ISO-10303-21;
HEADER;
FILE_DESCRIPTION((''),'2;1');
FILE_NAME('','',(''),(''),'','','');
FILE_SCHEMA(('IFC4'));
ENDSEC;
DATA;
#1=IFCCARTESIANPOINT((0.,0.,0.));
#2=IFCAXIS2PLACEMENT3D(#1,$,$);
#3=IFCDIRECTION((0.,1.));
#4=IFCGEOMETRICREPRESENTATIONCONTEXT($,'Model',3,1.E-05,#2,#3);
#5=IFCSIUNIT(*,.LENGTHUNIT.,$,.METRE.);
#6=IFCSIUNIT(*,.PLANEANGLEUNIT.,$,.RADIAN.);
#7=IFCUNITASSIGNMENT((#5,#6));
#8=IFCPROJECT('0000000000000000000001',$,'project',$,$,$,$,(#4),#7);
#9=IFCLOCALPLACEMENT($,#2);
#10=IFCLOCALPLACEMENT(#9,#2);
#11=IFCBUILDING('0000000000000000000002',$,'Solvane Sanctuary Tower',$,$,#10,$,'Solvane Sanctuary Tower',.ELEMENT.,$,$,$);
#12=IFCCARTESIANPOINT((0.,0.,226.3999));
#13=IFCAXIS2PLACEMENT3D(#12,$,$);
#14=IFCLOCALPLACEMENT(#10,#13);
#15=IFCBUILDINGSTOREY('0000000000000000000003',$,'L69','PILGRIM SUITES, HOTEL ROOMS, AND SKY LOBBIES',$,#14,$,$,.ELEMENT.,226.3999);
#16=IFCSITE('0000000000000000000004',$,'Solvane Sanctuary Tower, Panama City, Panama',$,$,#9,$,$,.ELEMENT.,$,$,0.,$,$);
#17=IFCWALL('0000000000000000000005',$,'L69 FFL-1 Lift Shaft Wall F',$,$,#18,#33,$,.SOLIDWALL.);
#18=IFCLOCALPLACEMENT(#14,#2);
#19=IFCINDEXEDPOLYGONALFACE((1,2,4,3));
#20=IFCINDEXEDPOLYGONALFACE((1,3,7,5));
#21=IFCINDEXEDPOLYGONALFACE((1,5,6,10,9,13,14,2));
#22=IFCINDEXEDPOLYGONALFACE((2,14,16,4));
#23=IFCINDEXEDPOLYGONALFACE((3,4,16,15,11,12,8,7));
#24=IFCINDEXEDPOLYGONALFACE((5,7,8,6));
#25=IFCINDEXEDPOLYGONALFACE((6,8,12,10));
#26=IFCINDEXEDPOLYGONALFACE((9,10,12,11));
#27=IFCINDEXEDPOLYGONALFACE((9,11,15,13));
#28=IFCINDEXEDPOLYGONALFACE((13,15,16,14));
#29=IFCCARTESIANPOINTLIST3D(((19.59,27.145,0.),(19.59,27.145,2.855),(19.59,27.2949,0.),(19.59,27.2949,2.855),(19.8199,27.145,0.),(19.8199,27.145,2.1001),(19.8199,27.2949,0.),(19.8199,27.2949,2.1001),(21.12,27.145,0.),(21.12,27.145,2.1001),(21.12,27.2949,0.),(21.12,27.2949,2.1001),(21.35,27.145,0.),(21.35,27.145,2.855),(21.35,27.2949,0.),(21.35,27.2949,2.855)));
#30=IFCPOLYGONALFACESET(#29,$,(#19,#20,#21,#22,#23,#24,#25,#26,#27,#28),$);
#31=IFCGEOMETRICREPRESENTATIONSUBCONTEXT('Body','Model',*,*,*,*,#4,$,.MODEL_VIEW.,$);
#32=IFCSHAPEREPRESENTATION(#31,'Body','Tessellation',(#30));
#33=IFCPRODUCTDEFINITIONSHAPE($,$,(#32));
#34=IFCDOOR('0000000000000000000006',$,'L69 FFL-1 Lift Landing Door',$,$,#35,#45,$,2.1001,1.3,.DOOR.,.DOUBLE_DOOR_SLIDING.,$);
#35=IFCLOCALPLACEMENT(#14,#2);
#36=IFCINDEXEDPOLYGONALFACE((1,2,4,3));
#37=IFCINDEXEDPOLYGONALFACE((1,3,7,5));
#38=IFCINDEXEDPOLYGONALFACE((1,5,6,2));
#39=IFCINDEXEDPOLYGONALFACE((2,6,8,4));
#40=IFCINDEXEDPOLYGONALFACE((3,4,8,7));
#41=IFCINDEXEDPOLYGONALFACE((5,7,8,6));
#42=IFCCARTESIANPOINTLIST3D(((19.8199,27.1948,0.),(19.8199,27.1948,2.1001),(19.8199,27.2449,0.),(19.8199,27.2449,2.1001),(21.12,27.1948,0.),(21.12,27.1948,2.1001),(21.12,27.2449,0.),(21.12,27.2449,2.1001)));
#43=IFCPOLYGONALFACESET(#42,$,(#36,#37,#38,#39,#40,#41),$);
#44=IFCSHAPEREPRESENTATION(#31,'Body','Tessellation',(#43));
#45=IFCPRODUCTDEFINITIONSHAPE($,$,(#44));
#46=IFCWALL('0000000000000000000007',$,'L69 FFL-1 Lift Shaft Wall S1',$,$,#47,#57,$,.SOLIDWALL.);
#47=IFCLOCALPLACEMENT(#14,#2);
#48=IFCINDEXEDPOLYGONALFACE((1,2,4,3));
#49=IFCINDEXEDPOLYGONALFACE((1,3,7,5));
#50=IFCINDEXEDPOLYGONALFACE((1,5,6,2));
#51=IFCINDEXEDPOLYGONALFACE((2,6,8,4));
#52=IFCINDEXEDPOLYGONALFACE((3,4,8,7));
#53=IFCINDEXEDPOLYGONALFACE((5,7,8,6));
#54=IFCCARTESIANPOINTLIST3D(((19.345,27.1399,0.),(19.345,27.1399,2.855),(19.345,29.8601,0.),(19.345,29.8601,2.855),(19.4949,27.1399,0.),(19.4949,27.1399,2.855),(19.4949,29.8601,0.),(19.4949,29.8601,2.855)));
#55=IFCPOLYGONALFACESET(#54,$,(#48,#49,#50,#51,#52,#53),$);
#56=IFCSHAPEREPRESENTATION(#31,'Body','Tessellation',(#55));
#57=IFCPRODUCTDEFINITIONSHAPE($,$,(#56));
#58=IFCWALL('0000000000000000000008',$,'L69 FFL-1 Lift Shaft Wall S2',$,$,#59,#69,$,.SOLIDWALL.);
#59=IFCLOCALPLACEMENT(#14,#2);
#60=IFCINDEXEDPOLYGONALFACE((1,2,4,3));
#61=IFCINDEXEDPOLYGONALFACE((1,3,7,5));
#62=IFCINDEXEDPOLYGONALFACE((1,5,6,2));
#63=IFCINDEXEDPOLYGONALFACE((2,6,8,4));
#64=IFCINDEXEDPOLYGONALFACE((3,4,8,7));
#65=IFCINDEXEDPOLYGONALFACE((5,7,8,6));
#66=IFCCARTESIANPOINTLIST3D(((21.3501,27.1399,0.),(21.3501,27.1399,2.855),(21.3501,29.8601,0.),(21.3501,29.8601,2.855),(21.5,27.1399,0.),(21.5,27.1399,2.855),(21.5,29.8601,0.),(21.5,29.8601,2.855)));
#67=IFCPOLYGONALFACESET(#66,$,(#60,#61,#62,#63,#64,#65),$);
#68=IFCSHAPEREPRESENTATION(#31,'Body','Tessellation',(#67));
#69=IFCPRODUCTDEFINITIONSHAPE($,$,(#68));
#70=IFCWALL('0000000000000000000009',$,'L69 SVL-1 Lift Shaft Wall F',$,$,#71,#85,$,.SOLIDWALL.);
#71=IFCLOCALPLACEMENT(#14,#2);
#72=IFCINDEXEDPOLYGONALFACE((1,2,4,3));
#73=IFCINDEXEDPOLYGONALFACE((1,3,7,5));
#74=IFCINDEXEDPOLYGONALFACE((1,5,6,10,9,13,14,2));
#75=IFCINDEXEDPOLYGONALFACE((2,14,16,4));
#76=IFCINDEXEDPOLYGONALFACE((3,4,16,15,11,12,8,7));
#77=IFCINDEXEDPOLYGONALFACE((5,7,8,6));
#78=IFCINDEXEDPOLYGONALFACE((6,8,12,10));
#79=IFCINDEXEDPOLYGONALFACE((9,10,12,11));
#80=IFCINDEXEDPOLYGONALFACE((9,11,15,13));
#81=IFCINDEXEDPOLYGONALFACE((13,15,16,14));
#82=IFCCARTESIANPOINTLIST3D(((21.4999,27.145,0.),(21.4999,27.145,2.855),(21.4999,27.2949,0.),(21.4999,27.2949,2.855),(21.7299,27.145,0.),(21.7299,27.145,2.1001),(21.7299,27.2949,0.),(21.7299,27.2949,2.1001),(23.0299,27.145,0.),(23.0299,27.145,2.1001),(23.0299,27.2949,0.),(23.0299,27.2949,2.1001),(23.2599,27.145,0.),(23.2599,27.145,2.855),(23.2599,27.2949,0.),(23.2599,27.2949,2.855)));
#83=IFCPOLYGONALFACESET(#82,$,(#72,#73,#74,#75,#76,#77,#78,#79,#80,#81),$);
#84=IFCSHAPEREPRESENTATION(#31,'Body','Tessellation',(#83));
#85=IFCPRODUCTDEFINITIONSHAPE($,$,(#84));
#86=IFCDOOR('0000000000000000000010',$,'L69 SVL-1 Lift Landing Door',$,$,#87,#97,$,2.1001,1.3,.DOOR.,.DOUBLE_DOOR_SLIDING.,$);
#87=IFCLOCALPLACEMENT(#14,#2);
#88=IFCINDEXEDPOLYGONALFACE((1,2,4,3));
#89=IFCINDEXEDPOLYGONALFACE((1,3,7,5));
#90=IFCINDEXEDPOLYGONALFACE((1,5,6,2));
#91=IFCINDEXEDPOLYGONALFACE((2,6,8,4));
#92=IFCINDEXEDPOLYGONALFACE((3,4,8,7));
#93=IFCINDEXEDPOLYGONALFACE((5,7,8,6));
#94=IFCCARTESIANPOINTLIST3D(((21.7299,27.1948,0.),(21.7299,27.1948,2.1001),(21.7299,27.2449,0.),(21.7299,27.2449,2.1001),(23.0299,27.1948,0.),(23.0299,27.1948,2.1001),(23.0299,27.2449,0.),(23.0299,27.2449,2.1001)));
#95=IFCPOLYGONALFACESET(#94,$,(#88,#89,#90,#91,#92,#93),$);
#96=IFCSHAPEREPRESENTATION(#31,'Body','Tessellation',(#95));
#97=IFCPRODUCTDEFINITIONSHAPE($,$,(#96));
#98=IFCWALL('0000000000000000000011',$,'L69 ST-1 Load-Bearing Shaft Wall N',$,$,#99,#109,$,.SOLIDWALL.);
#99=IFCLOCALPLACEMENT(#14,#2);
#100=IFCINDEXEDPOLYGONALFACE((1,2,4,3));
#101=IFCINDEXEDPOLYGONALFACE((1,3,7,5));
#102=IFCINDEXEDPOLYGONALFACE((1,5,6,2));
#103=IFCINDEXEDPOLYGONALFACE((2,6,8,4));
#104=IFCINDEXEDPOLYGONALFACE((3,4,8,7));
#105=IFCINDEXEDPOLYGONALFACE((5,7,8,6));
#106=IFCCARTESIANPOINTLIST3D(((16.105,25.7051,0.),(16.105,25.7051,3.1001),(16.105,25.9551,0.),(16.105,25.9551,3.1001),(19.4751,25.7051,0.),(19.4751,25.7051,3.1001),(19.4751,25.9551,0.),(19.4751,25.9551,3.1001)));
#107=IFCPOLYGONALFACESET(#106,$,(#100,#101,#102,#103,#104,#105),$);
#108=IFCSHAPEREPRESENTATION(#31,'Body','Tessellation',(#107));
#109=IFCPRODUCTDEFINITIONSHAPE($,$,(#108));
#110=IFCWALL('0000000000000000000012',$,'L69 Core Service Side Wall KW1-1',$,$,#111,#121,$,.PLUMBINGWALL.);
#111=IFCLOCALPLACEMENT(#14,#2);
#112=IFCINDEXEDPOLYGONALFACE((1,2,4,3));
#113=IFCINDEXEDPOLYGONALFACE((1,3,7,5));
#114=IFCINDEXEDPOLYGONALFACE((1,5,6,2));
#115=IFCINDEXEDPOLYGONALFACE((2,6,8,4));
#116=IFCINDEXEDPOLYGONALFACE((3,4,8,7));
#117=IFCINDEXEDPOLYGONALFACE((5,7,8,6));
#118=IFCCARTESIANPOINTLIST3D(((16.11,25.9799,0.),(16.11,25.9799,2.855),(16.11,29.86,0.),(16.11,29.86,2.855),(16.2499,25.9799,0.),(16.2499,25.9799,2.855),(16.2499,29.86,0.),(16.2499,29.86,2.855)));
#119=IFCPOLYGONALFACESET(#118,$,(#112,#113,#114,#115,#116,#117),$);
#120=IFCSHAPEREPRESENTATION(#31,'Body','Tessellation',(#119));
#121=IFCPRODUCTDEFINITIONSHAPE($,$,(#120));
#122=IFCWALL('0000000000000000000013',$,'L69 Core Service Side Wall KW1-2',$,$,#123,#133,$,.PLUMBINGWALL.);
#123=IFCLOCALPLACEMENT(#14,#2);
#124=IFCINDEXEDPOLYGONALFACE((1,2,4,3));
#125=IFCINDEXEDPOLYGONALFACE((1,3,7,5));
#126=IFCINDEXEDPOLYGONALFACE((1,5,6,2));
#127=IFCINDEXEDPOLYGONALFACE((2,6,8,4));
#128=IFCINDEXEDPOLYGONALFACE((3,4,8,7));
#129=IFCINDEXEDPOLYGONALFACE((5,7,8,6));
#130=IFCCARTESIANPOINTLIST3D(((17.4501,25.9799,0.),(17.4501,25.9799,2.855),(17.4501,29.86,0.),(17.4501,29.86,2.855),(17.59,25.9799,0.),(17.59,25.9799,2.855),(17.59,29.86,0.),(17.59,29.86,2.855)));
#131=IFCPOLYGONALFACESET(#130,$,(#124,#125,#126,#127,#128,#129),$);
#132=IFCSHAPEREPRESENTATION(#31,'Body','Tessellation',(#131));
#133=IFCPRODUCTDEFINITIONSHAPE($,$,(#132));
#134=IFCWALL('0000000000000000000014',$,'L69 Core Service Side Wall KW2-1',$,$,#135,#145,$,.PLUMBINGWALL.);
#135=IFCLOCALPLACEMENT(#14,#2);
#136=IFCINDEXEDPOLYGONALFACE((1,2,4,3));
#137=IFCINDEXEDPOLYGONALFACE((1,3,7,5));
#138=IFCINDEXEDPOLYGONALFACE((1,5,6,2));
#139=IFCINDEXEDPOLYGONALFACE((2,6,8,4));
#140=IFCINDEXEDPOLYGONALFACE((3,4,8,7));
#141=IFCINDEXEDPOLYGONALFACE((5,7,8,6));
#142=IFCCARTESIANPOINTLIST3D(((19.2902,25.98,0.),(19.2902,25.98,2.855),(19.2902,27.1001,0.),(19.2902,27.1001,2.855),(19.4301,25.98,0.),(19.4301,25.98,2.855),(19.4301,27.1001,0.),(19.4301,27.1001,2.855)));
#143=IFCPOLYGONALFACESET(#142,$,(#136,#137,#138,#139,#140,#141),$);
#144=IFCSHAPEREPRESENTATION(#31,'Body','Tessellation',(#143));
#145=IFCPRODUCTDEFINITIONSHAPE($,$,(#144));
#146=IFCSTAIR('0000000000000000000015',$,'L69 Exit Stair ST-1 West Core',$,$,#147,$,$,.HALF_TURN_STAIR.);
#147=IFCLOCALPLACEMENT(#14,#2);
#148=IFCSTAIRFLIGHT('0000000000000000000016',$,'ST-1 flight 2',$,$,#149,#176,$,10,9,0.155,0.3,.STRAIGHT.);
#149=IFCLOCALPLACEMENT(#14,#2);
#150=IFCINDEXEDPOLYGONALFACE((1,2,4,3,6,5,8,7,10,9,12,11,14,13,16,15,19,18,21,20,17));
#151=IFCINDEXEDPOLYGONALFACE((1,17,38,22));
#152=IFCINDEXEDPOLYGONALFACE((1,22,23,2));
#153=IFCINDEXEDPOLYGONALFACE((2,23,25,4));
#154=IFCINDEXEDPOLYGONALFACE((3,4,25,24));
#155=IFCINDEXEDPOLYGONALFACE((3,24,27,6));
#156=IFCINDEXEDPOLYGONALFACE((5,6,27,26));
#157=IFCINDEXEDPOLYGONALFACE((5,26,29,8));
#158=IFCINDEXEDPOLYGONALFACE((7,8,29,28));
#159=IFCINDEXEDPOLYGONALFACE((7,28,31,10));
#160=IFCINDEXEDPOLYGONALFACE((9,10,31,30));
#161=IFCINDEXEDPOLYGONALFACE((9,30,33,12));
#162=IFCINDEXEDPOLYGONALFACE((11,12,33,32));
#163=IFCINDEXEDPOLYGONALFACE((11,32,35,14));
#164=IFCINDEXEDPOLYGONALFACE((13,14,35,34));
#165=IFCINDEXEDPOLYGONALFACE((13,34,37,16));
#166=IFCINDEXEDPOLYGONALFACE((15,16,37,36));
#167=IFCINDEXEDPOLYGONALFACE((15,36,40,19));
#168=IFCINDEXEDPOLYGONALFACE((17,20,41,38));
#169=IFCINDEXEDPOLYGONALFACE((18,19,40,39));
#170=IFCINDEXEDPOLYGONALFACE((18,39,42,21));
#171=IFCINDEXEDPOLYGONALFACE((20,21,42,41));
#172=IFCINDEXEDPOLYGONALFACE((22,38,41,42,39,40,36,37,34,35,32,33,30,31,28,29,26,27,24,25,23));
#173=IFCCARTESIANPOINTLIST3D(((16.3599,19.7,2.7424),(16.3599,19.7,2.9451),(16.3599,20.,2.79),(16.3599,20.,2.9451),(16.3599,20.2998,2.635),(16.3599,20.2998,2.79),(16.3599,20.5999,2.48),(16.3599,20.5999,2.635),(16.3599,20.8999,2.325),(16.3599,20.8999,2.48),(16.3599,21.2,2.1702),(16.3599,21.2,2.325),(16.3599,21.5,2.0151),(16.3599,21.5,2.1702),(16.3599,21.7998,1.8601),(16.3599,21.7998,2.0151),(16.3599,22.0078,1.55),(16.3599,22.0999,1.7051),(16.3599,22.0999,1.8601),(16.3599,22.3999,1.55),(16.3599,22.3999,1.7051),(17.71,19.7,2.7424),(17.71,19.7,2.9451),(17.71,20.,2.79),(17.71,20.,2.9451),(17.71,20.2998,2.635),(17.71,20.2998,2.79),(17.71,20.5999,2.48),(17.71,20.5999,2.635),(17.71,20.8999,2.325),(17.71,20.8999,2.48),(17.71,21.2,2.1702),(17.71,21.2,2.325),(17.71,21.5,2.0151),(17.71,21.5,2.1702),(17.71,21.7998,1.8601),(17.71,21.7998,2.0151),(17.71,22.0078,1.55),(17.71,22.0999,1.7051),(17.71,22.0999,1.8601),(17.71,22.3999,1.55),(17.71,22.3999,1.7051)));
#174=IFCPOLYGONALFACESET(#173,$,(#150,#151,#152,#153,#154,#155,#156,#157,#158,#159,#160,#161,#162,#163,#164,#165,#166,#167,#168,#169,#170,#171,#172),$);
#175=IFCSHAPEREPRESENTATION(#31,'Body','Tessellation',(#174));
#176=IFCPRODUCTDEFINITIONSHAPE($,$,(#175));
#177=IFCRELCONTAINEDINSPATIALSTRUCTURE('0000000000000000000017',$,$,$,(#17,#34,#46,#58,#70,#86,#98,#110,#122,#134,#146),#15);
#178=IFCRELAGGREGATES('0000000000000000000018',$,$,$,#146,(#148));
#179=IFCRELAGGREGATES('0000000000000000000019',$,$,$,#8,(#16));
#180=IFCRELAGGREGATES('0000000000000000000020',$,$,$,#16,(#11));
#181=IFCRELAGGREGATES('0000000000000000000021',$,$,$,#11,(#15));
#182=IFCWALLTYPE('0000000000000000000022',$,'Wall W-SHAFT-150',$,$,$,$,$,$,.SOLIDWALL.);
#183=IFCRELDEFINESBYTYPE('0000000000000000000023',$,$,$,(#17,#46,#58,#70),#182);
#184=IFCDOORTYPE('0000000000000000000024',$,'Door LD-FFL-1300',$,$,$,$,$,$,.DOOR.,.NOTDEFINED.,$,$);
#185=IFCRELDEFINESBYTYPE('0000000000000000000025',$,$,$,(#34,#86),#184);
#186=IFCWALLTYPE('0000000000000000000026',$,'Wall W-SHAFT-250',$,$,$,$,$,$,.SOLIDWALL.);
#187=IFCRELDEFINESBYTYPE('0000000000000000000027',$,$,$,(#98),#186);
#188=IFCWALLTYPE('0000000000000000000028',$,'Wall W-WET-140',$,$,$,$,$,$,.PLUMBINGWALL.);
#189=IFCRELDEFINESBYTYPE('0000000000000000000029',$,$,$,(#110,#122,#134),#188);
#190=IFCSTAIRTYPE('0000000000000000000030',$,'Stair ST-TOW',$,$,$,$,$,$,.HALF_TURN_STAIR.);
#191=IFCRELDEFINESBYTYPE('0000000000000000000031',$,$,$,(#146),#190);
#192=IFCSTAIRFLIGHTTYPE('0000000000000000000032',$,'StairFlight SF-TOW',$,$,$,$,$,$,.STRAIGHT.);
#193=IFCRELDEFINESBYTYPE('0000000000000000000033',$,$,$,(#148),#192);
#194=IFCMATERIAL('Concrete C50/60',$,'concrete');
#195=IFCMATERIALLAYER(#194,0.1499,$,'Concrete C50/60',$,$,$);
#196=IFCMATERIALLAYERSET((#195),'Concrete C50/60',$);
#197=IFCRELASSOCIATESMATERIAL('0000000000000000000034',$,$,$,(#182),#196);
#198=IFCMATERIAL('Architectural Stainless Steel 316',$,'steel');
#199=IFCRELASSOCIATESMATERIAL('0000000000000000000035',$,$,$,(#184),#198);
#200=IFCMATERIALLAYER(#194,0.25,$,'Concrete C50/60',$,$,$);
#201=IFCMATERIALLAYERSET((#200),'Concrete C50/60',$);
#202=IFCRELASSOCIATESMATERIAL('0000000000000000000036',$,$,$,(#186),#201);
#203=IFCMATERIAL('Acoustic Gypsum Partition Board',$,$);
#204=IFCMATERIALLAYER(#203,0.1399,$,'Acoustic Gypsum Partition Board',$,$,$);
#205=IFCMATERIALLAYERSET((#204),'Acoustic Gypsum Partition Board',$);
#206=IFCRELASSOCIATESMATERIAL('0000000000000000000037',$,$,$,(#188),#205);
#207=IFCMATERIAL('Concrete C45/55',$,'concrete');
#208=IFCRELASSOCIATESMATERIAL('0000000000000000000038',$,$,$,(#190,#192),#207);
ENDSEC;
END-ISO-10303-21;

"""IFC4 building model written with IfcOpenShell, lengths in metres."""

from ifc_helpers import new_model, si_unit, direction, frame, frame_2d, origin, place, context, subcontext, project, spatial, polyline, rectangle, outline, extrude, material, layer, layer_set, type_object, element, fill, aggregate, save


model = new_model("IFC4")

# Units and contexts
model_context = context("Model", 3, precision=1e-05, world=origin(), true_north=direction((0.0, 1.0)))
body_context = subcontext(model_context, "Body", "Model", "MODEL_VIEW")
ifc_project = project(units=[si_unit("LENGTHUNIT", "METRE"), si_unit("PLANEANGLEUNIT", "RADIAN")], contexts=[model_context])

# Site, building, storey
site_placement = place(None, origin())
site = spatial("IfcSite", under=ifc_project, at=site_placement, Name="Solvane Sanctuary Tower, Panama City, Panama", CompositionType="ELEMENT", RefElevation=0.0)
building_placement = place(site_placement, origin())
building = spatial("IfcBuilding", under=site, at=building_placement, Name="Solvane Sanctuary Tower", LongName="Solvane Sanctuary Tower", CompositionType="ELEMENT")
storey_placement = place(building_placement, frame((0.0, 0.0, 226.3999)))
storey = spatial("IfcBuildingStorey", under=building, at=storey_placement, Name="L69", Description="PILGRIM SUITES, HOTEL ROOMS, AND SKY LOBBIES", CompositionType="ELEMENT", Elevation=226.3999)

# Shared definitions
ifc_material_1 = material(Name="Acoustic Gypsum Partition Board")

# Wall, opening, door
ifc_material_2 = material(Name="Concrete C50/60", Category="concrete")
ifc_layer_1 = layer(ifc_material_2, 0.1499, Name="Concrete C50/60")
ifc_layer_set_1 = layer_set([ifc_layer_1], Name="Concrete C50/60")
wall_type_1 = type_object("IfcWallType", Name="Wall W-SHAFT-150", PredefinedType="SOLIDWALL", material=ifc_layer_set_1)
wall_1_placement = place(storey_placement, frame((19.5901, 27.22, 0.0), z_axis=(0.0, 0.0, 1.0), x_axis=(1.0, 0.0, 0.0)))
wall_1 = element("IfcWall", 1, at=wall_1_placement, inside=storey, type_object=wall_type_1, Name="L69 FFL-1 Lift Shaft Wall F", PredefinedType="SOLIDWALL", context=body_context, shape_type="SweptSolid", body=[
    extrude(rectangle(XDim=1.76, YDim=0.1499, at=frame_2d((0.8799, 0.0))), origin(), (0.0, 0.0, 1.0), 2.855),
])
opening_1_placement = place(wall_1_placement, frame((0.23, 0.0, 0.0)))
opening_1 = element("IfcOpeningElement", 2, at=opening_1_placement, cuts=wall_1, PredefinedType="OPENING", context=body_context, shape_type="SweptSolid", body=[
    extrude(rectangle(XDim=1.3, YDim=2.1001, at=frame_2d((0.6499, 1.05))), frame((0.0, 0.085, 0.0), z_axis=(0.0, -1.0, 0.0), x_axis=(1.0, 0.0, 0.0)), (0.0, 0.0, 1.0), 0.1699),
])
ifc_material_3 = material(Name="Architectural Stainless Steel 316", Category="steel")
door_type_1 = type_object("IfcDoorType", Name="Door LD-FFL-1300", OperationType="NOTDEFINED", PredefinedType="DOOR", material=ifc_material_3)
door_1_placement = place(opening_1_placement, origin())
door_1 = element("IfcDoor", 3, at=door_1_placement, inside=storey, type_object=door_type_1, Name="L69 FFL-1 Lift Landing Door", OperationType="DOUBLE_DOOR_SLIDING", OverallHeight=2.1001, OverallWidth=1.3, PredefinedType="DOOR", context=body_context, shape_type="SweptSolid", body=[
    extrude(rectangle(XDim=1.3, YDim=2.1001, at=frame_2d((0.6499, 1.05))), frame((0.0, 0.0249, 0.0), z_axis=(0.0, -1.0, 0.0), x_axis=(1.0, 0.0, 0.0)), (0.0, 0.0, 1.0), 0.05),
])
fill(opening_1, door_1)

# Walls
for number, where, z_axis, x_axis, name in (
    (4, (19.4199, 27.1399, 0.0), (0.0, 0.0, 1.0), (0.0, 1.0, 0.0), "L69 FFL-1 Lift Shaft Wall S1"),
    (5, (21.425, 27.1399, 0.0), (0.0, 0.0, 1.0), (0.0, 1.0, 0.0), "L69 FFL-1 Lift Shaft Wall S2"),
):
    element("IfcWall", number, at=place(storey_placement, frame(where, z_axis=z_axis, x_axis=x_axis)), inside=storey, type_object=wall_type_1, Name=name, PredefinedType="SOLIDWALL", context=body_context, shape_type="SweptSolid", body=[
        extrude(rectangle(XDim=2.7202, YDim=0.1499, at=frame_2d((1.3601, 0.0))), origin(), (0.0, 0.0, 1.0), 2.855),
    ])

# Wall, opening, door
wall_2_placement = place(storey_placement, frame((21.5, 27.22, 0.0), z_axis=(0.0, 0.0, 1.0), x_axis=(1.0, 0.0, 0.0)))
wall_2 = element("IfcWall", 6, at=wall_2_placement, inside=storey, type_object=wall_type_1, Name="L69 SVL-1 Lift Shaft Wall F", PredefinedType="SOLIDWALL", context=body_context, shape_type="SweptSolid", body=[
    extrude(rectangle(XDim=1.76, YDim=0.1499, at=frame_2d((0.8799, 0.0))), origin(), (0.0, 0.0, 1.0), 2.855),
])
opening_2_placement = place(wall_2_placement, frame((0.23, 0.0, 0.0)))
opening_2 = element("IfcOpeningElement", 7, at=opening_2_placement, cuts=wall_2, PredefinedType="OPENING", context=body_context, shape_type="SweptSolid", body=[
    extrude(rectangle(XDim=1.3, YDim=2.1001, at=frame_2d((0.6499, 1.05))), frame((0.0, 0.085, 0.0), z_axis=(0.0, -1.0, 0.0), x_axis=(1.0, 0.0, 0.0)), (0.0, 0.0, 1.0), 0.1699),
])
door_2_placement = place(opening_2_placement, origin())
door_2 = element("IfcDoor", 8, at=door_2_placement, inside=storey, type_object=door_type_1, Name="L69 SVL-1 Lift Landing Door", OperationType="DOUBLE_DOOR_SLIDING", OverallHeight=2.1001, OverallWidth=1.3, PredefinedType="DOOR", context=body_context, shape_type="SweptSolid", body=[
    extrude(rectangle(XDim=1.3, YDim=2.1001, at=frame_2d((0.6499, 1.05))), frame((0.0, 0.0249, 0.0), z_axis=(0.0, -1.0, 0.0), x_axis=(1.0, 0.0, 0.0)), (0.0, 0.0, 1.0), 0.05),
])
fill(opening_2, door_2)

# Walls
ifc_layer_2 = layer(ifc_material_2, 0.25, Name="Concrete C50/60")
ifc_layer_set_2 = layer_set([ifc_layer_2], Name="Concrete C50/60")
wall_type_2 = type_object("IfcWallType", Name="Wall W-SHAFT-250", PredefinedType="SOLIDWALL", material=ifc_layer_set_2)
wall_3_placement = place(storey_placement, frame((16.105, 25.8301, 0.0), z_axis=(0.0, 0.0, 1.0), x_axis=(1.0, 0.0, 0.0)))
element("IfcWall", 9, at=wall_3_placement, inside=storey, type_object=wall_type_2, Name="L69 ST-1 Load-Bearing Shaft Wall N", PredefinedType="SOLIDWALL", context=body_context, shape_type="SweptSolid", body=[
    extrude(rectangle(XDim=3.3701, YDim=0.25, at=frame_2d((1.6851, 0.0))), origin(), (0.0, 0.0, 1.0), 3.1001),
])
ifc_layer_3 = layer(ifc_material_1, 0.1399, Name="Acoustic Gypsum Partition Board")
ifc_layer_set_3 = layer_set([ifc_layer_3], Name="Acoustic Gypsum Partition Board")
wall_type_3 = type_object("IfcWallType", Name="Wall W-WET-140", PredefinedType="PLUMBINGWALL", material=ifc_layer_set_3)
for number, where, z_axis, x_axis, name in (
    (10, (16.1799, 25.98, 0.0), (0.0, 0.0, 1.0), (0.0, 1.0, 0.0), "L69 Core Service Side Wall KW1-1"),
    (11, (17.52, 25.98, 0.0), (0.0, 0.0, 1.0), (0.0, 1.0, 0.0), "L69 Core Service Side Wall KW1-2"),
):
    element("IfcWall", number, at=place(storey_placement, frame(where, z_axis=z_axis, x_axis=x_axis)), inside=storey, type_object=wall_type_3, Name=name, PredefinedType="PLUMBINGWALL", context=body_context, shape_type="SweptSolid", body=[
        extrude(rectangle(XDim=3.8801, YDim=0.1399, at=frame_2d((1.9399, 0.0))), origin(), (0.0, 0.0, 1.0), 2.855),
    ])
wall_4_placement = place(storey_placement, frame((19.3601, 25.98, 0.0), z_axis=(0.0, 0.0, 1.0), x_axis=(0.0, 1.0, 0.0)))
element("IfcWall", 12, at=wall_4_placement, inside=storey, type_object=wall_type_3, Name="L69 Core Service Side Wall KW2-1", PredefinedType="PLUMBINGWALL", context=body_context, shape_type="SweptSolid", body=[
    extrude(rectangle(XDim=1.1201, YDim=0.1399, at=frame_2d((0.5601, 0.0))), origin(), (0.0, 0.0, 1.0), 2.855),
])

# Stair, stair flight
ifc_material_4 = material(Name="Concrete C45/55", Category="concrete")
stair_type = type_object("IfcStairType", Name="Stair ST-TOW", PredefinedType="HALF_TURN_STAIR", material=ifc_material_4)
stair_placement = place(storey_placement, origin())
stair = element("IfcStair", 13, at=stair_placement, inside=storey, type_object=stair_type, Name="L69 Exit Stair ST-1 West Core", PredefinedType="HALF_TURN_STAIR")
stair_flight_type = type_object("IfcStairFlightType", Name="StairFlight SF-TOW", PredefinedType="STRAIGHT", material=ifc_material_4)
stair_flight_placement = place(storey_placement, frame((17.0349, 22.3999, 1.55), z_axis=(0.0, 0.0, 1.0), x_axis=(0.0, -1.0, 0.0)))
stair_flight = element("IfcStairFlight", 14, at=stair_flight_placement, type_object=stair_flight_type, Name="ST-1 flight 2", NumberOfRisers=10, NumberOfTreads=9, PredefinedType="STRAIGHT", RiserHeight=0.155, TreadLength=0.3, context=body_context, shape_type="SweptSolid", body=[
    extrude(outline(polyline([(0.0, 0.0), (0.0, 0.155), (0.3, 0.155), (0.3, 0.3101), (0.6001, 0.3101), (0.6001, 0.4651), (0.8999, 0.4651), (0.8999, 0.6201), (1.2, 0.6201), (1.2, 0.7749), (1.5, 0.7749), (1.5, 0.9299), (1.8, 0.9299), (1.8, 1.085), (2.1001, 1.085), (2.1001, 1.24), (2.3999, 1.24), (2.3999, 1.395), (2.7, 1.395), (2.7, 1.55), (2.7, 1.1924), (0.3921, 0.0), (0.0, 0.0)])), frame((0.0, 0.675, 0.0), z_axis=(0.0, -1.0, 0.0), x_axis=(1.0, 0.0, 0.0)), (0.0, 0.0, 1.0), 1.3501),
])
aggregate(stair, [stair_flight])

save(model, "model.ifc")
